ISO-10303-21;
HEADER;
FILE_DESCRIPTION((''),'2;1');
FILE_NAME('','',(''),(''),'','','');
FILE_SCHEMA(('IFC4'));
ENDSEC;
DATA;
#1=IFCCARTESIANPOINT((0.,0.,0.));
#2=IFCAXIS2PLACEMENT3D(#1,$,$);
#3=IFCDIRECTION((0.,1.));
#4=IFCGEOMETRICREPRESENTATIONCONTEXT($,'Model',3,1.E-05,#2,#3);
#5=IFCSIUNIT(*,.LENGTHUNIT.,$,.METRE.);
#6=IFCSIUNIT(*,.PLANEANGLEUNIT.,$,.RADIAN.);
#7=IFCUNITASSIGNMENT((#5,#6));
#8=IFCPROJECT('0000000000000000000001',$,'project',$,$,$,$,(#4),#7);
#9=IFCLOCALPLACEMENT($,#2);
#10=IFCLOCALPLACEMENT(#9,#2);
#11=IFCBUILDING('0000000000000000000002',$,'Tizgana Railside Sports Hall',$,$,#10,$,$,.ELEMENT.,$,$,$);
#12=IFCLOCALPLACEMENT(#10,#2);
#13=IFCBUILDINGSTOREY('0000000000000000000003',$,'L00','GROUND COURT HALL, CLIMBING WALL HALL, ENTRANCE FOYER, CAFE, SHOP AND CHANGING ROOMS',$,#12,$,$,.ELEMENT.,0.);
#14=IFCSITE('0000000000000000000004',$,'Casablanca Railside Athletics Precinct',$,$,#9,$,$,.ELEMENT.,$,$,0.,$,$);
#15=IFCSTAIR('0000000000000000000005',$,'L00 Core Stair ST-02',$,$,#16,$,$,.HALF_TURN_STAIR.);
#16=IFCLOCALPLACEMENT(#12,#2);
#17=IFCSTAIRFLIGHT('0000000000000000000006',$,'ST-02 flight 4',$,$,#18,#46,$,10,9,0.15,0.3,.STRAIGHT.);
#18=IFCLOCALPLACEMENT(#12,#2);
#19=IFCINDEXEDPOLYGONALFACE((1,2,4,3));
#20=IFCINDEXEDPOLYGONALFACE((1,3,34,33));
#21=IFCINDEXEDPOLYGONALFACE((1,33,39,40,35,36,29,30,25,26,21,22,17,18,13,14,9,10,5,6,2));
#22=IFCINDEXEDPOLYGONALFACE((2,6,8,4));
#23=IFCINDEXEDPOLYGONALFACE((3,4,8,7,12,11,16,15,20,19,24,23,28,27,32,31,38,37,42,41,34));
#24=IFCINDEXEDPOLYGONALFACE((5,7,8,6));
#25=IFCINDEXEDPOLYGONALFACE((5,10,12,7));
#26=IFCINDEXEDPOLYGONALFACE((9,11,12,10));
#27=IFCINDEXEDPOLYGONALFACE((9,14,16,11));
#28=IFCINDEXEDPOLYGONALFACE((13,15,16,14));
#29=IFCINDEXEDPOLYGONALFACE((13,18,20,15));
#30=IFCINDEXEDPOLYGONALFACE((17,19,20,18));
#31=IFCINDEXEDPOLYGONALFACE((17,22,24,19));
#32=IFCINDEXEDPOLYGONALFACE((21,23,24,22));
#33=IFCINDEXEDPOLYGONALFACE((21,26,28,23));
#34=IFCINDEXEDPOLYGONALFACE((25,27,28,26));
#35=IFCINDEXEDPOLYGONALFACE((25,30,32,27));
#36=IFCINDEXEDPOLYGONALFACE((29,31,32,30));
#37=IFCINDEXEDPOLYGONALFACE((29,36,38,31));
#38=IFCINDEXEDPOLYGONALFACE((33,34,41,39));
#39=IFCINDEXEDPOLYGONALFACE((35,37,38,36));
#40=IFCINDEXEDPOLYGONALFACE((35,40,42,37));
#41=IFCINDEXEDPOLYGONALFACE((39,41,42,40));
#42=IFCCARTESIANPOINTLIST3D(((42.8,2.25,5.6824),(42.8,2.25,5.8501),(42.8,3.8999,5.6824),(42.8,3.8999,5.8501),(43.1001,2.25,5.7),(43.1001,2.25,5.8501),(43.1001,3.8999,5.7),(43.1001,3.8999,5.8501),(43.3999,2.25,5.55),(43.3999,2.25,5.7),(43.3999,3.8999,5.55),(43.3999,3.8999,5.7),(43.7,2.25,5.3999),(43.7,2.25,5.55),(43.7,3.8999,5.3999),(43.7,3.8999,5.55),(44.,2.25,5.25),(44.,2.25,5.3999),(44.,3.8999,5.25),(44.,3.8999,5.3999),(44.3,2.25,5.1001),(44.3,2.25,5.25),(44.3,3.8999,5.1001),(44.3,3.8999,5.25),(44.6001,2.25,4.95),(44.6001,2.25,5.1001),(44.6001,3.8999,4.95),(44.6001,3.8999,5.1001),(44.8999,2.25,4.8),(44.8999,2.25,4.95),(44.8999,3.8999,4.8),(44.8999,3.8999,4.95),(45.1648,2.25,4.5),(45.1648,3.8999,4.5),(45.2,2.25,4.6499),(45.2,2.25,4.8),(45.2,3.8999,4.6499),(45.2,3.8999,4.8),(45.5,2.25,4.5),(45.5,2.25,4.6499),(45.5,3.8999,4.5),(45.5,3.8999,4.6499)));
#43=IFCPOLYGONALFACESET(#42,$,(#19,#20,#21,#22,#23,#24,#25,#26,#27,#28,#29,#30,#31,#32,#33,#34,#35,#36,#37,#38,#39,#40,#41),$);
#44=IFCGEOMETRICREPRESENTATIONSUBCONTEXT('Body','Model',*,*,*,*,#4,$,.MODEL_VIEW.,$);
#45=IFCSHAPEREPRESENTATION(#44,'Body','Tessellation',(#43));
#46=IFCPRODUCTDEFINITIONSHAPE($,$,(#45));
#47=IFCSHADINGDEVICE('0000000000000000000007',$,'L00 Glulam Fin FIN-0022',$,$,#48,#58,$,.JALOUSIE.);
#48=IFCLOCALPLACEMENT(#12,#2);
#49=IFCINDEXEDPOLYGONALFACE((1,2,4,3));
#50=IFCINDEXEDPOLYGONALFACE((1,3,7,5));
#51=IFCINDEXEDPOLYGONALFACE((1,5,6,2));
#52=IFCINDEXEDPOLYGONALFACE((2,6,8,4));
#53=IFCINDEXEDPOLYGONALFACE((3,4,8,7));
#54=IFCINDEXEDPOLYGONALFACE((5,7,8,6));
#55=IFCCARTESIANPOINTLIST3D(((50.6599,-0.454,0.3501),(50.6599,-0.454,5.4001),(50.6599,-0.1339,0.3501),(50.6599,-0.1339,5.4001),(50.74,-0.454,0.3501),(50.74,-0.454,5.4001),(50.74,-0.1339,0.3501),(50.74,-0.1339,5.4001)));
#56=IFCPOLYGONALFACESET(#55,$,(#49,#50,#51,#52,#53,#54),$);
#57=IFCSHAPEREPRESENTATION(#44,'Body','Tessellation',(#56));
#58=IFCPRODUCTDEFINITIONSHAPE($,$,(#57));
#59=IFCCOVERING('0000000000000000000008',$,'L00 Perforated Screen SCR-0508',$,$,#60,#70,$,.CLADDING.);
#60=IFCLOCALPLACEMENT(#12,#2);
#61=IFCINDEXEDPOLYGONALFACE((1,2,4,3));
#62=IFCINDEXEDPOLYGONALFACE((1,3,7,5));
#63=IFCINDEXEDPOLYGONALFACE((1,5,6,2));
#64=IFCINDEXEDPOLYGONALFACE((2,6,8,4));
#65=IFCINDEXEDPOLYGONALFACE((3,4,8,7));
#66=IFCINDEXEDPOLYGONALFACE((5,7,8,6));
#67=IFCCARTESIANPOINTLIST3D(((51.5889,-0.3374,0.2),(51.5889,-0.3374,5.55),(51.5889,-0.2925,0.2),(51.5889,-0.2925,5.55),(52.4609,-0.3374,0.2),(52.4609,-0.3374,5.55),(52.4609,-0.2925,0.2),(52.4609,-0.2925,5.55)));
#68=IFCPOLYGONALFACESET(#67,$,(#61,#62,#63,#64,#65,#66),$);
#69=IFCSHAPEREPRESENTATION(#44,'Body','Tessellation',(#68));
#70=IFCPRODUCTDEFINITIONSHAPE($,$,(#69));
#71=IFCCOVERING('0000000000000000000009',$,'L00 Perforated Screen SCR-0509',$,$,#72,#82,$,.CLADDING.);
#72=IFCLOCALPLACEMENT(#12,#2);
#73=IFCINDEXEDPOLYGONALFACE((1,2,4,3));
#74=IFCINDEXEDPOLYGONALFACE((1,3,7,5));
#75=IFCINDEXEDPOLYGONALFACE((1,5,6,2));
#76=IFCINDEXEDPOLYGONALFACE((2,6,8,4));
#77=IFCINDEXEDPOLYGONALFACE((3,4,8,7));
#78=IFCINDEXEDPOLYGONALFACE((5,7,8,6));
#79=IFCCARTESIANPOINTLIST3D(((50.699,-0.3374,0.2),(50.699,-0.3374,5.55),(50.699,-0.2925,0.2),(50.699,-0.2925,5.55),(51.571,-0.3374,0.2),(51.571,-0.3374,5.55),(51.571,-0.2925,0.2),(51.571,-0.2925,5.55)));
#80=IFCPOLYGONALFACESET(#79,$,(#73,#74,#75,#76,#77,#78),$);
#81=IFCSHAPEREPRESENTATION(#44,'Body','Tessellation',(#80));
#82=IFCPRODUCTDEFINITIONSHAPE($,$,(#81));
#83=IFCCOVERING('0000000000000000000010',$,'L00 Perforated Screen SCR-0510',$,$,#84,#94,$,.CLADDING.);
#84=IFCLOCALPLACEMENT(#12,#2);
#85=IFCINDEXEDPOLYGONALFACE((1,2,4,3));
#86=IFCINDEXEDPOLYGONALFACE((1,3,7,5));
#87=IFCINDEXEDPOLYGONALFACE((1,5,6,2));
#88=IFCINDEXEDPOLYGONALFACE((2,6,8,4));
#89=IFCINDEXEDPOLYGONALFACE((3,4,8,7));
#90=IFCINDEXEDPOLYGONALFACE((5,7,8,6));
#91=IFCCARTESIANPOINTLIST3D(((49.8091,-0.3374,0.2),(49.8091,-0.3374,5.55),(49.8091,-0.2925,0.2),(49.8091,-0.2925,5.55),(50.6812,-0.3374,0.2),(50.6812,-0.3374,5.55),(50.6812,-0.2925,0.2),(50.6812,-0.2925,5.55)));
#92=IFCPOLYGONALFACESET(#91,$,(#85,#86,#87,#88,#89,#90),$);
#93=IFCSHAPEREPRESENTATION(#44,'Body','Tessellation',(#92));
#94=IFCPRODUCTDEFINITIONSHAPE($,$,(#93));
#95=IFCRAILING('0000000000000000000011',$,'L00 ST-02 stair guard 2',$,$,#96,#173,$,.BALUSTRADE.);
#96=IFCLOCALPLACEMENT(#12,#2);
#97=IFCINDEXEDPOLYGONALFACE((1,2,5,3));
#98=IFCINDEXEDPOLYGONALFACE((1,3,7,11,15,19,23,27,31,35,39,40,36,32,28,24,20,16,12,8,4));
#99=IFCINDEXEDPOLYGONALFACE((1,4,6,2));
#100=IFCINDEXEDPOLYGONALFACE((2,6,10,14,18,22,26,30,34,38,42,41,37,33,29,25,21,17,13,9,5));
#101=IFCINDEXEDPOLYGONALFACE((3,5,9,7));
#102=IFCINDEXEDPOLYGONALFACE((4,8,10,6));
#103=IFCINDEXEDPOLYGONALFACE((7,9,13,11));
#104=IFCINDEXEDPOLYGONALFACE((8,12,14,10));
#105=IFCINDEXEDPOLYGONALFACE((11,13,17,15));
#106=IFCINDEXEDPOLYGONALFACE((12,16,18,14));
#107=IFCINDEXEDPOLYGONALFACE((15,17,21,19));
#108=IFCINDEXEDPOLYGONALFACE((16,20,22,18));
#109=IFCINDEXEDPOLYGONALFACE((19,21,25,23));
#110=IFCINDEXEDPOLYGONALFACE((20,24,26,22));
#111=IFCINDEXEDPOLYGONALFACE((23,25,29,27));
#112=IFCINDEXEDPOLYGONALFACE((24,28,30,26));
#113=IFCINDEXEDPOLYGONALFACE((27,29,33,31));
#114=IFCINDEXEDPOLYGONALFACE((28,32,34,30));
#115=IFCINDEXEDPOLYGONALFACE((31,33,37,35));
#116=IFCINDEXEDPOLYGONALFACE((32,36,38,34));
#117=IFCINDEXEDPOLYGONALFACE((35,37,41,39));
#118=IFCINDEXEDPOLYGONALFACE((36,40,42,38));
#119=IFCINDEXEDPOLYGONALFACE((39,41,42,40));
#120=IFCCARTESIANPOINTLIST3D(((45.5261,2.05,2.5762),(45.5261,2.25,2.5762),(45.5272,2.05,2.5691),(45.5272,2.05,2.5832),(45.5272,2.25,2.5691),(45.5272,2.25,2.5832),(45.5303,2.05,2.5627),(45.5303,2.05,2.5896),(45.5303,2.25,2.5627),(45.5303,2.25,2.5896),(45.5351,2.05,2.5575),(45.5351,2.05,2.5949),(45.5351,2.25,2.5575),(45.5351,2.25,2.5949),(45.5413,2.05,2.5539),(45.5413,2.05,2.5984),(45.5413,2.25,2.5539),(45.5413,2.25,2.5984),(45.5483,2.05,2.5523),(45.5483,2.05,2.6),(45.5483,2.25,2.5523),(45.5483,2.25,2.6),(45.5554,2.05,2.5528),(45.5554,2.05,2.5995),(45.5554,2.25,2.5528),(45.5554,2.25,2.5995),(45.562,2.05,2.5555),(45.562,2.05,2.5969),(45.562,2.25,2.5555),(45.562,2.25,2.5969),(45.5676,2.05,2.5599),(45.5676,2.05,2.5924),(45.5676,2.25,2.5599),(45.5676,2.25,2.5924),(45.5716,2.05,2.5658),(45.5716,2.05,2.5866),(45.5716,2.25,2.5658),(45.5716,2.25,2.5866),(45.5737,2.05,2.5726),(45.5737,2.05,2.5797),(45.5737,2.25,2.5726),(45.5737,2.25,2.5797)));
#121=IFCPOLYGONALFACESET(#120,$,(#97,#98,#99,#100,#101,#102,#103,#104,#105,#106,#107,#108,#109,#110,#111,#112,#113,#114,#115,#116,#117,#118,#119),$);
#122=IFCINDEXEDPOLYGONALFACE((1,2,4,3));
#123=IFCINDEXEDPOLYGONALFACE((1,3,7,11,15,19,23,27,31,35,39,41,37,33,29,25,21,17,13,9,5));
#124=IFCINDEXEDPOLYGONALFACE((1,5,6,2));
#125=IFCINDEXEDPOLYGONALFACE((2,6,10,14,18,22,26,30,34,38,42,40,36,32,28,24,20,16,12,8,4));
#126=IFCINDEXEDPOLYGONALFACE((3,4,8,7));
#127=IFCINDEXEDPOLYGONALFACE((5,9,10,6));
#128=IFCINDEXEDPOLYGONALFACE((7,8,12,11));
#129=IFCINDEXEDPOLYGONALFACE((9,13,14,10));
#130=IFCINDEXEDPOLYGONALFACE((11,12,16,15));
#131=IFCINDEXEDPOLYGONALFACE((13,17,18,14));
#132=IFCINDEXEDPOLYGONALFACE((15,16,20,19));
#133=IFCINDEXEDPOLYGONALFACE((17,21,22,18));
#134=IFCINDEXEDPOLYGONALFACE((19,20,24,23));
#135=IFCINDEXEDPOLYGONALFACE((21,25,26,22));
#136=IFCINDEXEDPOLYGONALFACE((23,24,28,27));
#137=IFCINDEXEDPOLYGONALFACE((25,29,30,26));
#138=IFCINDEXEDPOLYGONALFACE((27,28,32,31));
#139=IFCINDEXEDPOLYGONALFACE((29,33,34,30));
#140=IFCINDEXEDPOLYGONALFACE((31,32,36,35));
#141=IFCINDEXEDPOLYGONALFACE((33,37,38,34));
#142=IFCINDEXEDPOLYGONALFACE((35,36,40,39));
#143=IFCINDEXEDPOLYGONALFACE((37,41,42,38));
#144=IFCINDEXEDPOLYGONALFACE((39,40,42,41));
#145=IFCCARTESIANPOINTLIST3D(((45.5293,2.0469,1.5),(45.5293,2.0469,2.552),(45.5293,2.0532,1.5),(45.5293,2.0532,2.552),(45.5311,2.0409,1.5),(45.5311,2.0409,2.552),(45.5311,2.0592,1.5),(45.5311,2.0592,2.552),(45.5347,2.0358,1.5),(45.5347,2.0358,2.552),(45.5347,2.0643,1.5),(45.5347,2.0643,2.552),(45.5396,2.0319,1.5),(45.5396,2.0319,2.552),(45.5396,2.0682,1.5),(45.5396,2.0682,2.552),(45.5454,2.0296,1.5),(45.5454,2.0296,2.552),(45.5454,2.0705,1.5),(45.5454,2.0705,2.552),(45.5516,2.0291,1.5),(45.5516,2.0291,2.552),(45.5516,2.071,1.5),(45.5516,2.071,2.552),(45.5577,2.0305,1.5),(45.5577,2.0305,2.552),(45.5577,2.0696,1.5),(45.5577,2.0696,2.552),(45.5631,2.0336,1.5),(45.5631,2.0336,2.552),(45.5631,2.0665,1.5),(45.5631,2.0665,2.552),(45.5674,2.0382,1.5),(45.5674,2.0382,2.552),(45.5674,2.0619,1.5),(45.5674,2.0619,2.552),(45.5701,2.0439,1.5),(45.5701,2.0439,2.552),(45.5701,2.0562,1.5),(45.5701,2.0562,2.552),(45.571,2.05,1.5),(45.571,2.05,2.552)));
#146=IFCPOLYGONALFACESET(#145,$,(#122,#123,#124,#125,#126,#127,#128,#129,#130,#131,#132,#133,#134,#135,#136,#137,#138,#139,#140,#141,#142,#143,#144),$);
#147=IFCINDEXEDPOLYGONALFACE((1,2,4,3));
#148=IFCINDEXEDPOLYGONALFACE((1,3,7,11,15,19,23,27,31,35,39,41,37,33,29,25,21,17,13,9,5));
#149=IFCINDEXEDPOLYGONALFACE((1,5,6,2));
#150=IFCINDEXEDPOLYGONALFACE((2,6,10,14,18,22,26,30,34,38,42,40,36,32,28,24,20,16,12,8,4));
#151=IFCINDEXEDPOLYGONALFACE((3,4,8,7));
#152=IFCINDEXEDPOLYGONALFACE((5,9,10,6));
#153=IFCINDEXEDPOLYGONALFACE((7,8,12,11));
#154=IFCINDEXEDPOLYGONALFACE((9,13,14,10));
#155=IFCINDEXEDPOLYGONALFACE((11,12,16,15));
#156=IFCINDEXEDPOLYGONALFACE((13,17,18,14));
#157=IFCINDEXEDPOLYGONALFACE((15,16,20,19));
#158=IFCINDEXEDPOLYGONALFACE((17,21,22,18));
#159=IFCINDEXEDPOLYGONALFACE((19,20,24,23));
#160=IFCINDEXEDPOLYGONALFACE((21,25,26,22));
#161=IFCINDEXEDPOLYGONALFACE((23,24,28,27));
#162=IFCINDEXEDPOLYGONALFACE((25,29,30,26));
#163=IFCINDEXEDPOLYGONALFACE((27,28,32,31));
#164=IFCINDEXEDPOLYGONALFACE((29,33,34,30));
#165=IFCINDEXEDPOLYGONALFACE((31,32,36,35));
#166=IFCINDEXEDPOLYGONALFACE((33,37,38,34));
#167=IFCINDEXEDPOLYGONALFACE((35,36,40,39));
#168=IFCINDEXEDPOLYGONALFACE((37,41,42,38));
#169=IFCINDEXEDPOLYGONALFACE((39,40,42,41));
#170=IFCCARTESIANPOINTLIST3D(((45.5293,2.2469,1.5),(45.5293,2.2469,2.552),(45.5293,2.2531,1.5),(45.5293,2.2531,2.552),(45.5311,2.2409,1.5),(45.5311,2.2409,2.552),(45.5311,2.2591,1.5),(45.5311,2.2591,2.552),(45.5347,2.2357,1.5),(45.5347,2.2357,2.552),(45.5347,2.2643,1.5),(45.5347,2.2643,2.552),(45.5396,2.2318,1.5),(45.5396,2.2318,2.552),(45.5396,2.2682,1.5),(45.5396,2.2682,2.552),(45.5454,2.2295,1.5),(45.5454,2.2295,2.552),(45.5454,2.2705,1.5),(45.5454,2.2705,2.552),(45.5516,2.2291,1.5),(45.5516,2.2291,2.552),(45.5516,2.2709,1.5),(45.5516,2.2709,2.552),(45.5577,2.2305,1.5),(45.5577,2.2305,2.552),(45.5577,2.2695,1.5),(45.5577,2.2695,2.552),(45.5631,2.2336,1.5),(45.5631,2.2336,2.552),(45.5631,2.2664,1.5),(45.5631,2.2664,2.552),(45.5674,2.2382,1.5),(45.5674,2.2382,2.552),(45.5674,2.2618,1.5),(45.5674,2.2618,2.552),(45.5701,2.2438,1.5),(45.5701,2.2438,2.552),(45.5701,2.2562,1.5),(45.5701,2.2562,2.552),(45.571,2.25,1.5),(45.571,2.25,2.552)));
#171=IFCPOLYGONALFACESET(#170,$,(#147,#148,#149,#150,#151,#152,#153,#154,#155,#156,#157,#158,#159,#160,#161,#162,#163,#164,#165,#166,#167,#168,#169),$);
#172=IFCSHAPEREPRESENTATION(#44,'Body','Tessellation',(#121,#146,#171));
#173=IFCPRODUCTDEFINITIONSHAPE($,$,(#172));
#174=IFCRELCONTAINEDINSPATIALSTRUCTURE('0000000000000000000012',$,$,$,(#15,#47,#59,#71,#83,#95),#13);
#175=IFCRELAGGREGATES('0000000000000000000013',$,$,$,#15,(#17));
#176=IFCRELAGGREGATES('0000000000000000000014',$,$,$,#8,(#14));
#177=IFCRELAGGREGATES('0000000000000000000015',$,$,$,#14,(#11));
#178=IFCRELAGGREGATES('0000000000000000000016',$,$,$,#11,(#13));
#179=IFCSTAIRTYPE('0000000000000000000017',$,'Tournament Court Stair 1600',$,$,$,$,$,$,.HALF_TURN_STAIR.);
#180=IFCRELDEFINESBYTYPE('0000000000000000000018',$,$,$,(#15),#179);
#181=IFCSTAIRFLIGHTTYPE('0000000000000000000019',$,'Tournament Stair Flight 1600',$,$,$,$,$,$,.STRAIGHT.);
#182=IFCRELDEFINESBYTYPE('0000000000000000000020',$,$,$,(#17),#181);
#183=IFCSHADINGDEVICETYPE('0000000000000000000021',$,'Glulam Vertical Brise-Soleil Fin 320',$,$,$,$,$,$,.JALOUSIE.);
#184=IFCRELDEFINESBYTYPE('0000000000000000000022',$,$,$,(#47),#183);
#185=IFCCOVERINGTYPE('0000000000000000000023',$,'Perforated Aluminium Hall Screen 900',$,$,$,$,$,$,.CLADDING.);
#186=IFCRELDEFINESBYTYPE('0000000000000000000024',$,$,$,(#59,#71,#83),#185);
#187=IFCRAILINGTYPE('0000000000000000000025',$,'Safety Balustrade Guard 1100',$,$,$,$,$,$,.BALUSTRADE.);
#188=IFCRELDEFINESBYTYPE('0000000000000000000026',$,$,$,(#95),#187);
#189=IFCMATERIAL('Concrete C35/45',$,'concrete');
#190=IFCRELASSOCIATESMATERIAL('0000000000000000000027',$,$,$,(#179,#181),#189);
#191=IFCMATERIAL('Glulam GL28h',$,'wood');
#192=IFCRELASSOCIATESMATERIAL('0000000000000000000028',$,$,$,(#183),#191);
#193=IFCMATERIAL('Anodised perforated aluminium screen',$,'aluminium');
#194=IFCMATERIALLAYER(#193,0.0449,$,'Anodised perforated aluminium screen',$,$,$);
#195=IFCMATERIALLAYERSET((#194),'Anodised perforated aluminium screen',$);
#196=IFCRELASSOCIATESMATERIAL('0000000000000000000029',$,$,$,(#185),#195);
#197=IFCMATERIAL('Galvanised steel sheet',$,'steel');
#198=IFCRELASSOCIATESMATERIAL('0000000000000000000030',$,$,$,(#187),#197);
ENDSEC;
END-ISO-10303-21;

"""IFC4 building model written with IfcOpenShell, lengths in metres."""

from ifc_helpers import new_model, si_unit, direction, frame, origin, origin_2d, place, context, subcontext, project, spatial, polyline, rectangle, circle, outline, extrude, material, layer, layer_set, type_object, element, aggregate, save


model = new_model("IFC4")

# Units and contexts
model_context = context("Model", 3, precision=1e-05, world=origin(), true_north=direction((0.0, 1.0)))
body_context = subcontext(model_context, "Body", "Model", "MODEL_VIEW")
ifc_project = project(units=[si_unit("LENGTHUNIT", "METRE"), si_unit("PLANEANGLEUNIT", "RADIAN")], contexts=[model_context])

# Site, building, storey
site_placement = place(None, origin())
site = spatial("IfcSite", under=ifc_project, at=site_placement, Name="Casablanca Railside Athletics Precinct", CompositionType="ELEMENT", RefElevation=0.0)
building_placement = place(site_placement, origin())
building = spatial("IfcBuilding", under=site, at=building_placement, Name="Tizgana Railside Sports Hall", CompositionType="ELEMENT")
storey_placement = place(building_placement, origin())
storey = spatial("IfcBuildingStorey", under=building, at=storey_placement, Name="L00", Description="GROUND COURT HALL, CLIMBING WALL HALL, ENTRANCE FOYER, CAFE, SHOP AND CHANGING ROOMS", CompositionType="ELEMENT", Elevation=0.0)

# Shared definitions
ifc_material_1 = material(Name="Concrete C35/45", Category="concrete")

# Shared definitions
ifc_material_2 = material(Name="Galvanised steel sheet", Category="steel")

# Stair, stair flight
stair_type = type_object("IfcStairType", Name="Tournament Court Stair 1600", PredefinedType="HALF_TURN_STAIR", material=ifc_material_1)
stair_placement = place(storey_placement, origin())
stair = element("IfcStair", 1, at=stair_placement, inside=storey, type_object=stair_type, Name="L00 Core Stair ST-02", PredefinedType="HALF_TURN_STAIR")
stair_flight_type = type_object("IfcStairFlightType", Name="Tournament Stair Flight 1600", PredefinedType="STRAIGHT", material=ifc_material_1)
stair_flight_1_placement = place(storey_placement, frame((45.5, 3.075, 4.5), z_axis=(0.0, 0.0, 1.0), x_axis=(-1.0, 0.0, 0.0)))
stair_flight_1 = element("IfcStairFlight", 2, at=stair_flight_1_placement, type_object=stair_flight_type, Name="ST-02 flight 4", NumberOfRisers=10, NumberOfTreads=9, PredefinedType="STRAIGHT", RiserHeight=0.15, TreadLength=0.3, context=body_context, shape_type="SweptSolid", body=[
    extrude(outline(polyline([(0.0, 0.0), (0.0, 0.1499), (0.3, 0.1499), (0.3, 0.3), (0.6001, 0.3), (0.6001, 0.45), (0.8999, 0.45), (0.8999, 0.6001), (1.2, 0.6001), (1.2, 0.75), (1.5, 0.75), (1.5, 0.8999), (1.8, 0.8999), (1.8, 1.05), (2.1001, 1.05), (2.1001, 1.2), (2.3999, 1.2), (2.3999, 1.3501), (2.7, 1.3501), (2.7, 1.5), (2.7, 1.1824), (0.3352, 0.0), (0.0, 0.0)])), frame((0.0, 0.825, 0.0), z_axis=(0.0, -1.0, 0.0), x_axis=(1.0, 0.0, 0.0)), (0.0, 0.0, 1.0), 1.6499),
])
aggregate(stair, [stair_flight_1])

# Shading device
ifc_material_3 = material(Name="Glulam GL28h", Category="wood")
shading_device_type = type_object("IfcShadingDeviceType", Name="Glulam Vertical Brise-Soleil Fin 320", PredefinedType="JALOUSIE", material=ifc_material_3)
shading_device_placement = place(storey_placement, frame((50.7, -0.2939, 0.3501), z_axis=(0.0, 0.0, 1.0), x_axis=(-1.0, 0.0, 0.0)))
element("IfcShadingDevice", 3, at=shading_device_placement, inside=storey, type_object=shading_device_type, Name="L00 Glulam Fin FIN-0022", PredefinedType="JALOUSIE", context=body_context, shape_type="SweptSolid", body=[
    extrude(rectangle(XDim=0.0801, YDim=0.3201, at=origin_2d()), origin(), (0.0, 0.0, 1.0), 5.05),
])

# Coverings
ifc_material_4 = material(Name="Anodised perforated aluminium screen", Category="aluminium")
ifc_layer_1 = layer(ifc_material_4, 0.0449, Name="Anodised perforated aluminium screen")
ifc_layer_set_1 = layer_set([ifc_layer_1], Name="Anodised perforated aluminium screen")
covering_type = type_object("IfcCoveringType", Name="Perforated Aluminium Hall Screen 900", PredefinedType="CLADDING", material=ifc_layer_set_1)
for number, where, z_axis, x_axis, name in (
    (4, (52.0249, -0.3149, 0.2), (0.0, 0.0, 1.0), (-1.0, 0.0, 0.0), "L00 Perforated Screen SCR-0508"),
    (5, (51.135, -0.3149, 0.2), (0.0, 0.0, 1.0), (-1.0, 0.0, 0.0), "L00 Perforated Screen SCR-0509"),
    (6, (50.2451, -0.3149, 0.2), (0.0, 0.0, 1.0), (-1.0, 0.0, 0.0), "L00 Perforated Screen SCR-0510"),
):
    element("IfcCovering", number, at=place(storey_placement, frame(where, z_axis=z_axis, x_axis=x_axis)), inside=storey, type_object=covering_type, Name=name, PredefinedType="CLADDING", context=body_context, shape_type="SweptSolid", body=[
        extrude(rectangle(XDim=0.8721, YDim=0.0449, at=origin_2d()), origin(), (0.0, 0.0, 1.0), 5.3501),
    ])

# Railing
railing_type_1 = type_object("IfcRailingType", Name="Safety Balustrade Guard 1100", PredefinedType="BALUSTRADE", material=ifc_material_2)
railing_1_placement = place(storey_placement, frame((45.55, 2.05, 1.5)))
element("IfcRailing", 7, at=railing_1_placement, inside=storey, type_object=railing_type_1, Name="L00 ST-02 stair guard 2", PredefinedType="BALUSTRADE", context=body_context, shape_type="SweptSolid", body=[
    extrude(circle(Radius=0.0239, at=origin_2d()), frame((0.0, 0.0, 1.0762), z_axis=(0.0, 1.0, 0.0), x_axis=(-1.0, 0.0, 0.0)), (0.0, 0.0, 1.0), 0.2),
    extrude(circle(Radius=0.021, at=origin_2d()), origin(), (0.0, 0.0, 1.0), 1.052),
    extrude(circle(Radius=0.021, at=origin_2d()), frame((0.0, 0.2, 0.0)), (0.0, 0.0, 1.0), 1.052),
])

save(model, "model.ifc")
